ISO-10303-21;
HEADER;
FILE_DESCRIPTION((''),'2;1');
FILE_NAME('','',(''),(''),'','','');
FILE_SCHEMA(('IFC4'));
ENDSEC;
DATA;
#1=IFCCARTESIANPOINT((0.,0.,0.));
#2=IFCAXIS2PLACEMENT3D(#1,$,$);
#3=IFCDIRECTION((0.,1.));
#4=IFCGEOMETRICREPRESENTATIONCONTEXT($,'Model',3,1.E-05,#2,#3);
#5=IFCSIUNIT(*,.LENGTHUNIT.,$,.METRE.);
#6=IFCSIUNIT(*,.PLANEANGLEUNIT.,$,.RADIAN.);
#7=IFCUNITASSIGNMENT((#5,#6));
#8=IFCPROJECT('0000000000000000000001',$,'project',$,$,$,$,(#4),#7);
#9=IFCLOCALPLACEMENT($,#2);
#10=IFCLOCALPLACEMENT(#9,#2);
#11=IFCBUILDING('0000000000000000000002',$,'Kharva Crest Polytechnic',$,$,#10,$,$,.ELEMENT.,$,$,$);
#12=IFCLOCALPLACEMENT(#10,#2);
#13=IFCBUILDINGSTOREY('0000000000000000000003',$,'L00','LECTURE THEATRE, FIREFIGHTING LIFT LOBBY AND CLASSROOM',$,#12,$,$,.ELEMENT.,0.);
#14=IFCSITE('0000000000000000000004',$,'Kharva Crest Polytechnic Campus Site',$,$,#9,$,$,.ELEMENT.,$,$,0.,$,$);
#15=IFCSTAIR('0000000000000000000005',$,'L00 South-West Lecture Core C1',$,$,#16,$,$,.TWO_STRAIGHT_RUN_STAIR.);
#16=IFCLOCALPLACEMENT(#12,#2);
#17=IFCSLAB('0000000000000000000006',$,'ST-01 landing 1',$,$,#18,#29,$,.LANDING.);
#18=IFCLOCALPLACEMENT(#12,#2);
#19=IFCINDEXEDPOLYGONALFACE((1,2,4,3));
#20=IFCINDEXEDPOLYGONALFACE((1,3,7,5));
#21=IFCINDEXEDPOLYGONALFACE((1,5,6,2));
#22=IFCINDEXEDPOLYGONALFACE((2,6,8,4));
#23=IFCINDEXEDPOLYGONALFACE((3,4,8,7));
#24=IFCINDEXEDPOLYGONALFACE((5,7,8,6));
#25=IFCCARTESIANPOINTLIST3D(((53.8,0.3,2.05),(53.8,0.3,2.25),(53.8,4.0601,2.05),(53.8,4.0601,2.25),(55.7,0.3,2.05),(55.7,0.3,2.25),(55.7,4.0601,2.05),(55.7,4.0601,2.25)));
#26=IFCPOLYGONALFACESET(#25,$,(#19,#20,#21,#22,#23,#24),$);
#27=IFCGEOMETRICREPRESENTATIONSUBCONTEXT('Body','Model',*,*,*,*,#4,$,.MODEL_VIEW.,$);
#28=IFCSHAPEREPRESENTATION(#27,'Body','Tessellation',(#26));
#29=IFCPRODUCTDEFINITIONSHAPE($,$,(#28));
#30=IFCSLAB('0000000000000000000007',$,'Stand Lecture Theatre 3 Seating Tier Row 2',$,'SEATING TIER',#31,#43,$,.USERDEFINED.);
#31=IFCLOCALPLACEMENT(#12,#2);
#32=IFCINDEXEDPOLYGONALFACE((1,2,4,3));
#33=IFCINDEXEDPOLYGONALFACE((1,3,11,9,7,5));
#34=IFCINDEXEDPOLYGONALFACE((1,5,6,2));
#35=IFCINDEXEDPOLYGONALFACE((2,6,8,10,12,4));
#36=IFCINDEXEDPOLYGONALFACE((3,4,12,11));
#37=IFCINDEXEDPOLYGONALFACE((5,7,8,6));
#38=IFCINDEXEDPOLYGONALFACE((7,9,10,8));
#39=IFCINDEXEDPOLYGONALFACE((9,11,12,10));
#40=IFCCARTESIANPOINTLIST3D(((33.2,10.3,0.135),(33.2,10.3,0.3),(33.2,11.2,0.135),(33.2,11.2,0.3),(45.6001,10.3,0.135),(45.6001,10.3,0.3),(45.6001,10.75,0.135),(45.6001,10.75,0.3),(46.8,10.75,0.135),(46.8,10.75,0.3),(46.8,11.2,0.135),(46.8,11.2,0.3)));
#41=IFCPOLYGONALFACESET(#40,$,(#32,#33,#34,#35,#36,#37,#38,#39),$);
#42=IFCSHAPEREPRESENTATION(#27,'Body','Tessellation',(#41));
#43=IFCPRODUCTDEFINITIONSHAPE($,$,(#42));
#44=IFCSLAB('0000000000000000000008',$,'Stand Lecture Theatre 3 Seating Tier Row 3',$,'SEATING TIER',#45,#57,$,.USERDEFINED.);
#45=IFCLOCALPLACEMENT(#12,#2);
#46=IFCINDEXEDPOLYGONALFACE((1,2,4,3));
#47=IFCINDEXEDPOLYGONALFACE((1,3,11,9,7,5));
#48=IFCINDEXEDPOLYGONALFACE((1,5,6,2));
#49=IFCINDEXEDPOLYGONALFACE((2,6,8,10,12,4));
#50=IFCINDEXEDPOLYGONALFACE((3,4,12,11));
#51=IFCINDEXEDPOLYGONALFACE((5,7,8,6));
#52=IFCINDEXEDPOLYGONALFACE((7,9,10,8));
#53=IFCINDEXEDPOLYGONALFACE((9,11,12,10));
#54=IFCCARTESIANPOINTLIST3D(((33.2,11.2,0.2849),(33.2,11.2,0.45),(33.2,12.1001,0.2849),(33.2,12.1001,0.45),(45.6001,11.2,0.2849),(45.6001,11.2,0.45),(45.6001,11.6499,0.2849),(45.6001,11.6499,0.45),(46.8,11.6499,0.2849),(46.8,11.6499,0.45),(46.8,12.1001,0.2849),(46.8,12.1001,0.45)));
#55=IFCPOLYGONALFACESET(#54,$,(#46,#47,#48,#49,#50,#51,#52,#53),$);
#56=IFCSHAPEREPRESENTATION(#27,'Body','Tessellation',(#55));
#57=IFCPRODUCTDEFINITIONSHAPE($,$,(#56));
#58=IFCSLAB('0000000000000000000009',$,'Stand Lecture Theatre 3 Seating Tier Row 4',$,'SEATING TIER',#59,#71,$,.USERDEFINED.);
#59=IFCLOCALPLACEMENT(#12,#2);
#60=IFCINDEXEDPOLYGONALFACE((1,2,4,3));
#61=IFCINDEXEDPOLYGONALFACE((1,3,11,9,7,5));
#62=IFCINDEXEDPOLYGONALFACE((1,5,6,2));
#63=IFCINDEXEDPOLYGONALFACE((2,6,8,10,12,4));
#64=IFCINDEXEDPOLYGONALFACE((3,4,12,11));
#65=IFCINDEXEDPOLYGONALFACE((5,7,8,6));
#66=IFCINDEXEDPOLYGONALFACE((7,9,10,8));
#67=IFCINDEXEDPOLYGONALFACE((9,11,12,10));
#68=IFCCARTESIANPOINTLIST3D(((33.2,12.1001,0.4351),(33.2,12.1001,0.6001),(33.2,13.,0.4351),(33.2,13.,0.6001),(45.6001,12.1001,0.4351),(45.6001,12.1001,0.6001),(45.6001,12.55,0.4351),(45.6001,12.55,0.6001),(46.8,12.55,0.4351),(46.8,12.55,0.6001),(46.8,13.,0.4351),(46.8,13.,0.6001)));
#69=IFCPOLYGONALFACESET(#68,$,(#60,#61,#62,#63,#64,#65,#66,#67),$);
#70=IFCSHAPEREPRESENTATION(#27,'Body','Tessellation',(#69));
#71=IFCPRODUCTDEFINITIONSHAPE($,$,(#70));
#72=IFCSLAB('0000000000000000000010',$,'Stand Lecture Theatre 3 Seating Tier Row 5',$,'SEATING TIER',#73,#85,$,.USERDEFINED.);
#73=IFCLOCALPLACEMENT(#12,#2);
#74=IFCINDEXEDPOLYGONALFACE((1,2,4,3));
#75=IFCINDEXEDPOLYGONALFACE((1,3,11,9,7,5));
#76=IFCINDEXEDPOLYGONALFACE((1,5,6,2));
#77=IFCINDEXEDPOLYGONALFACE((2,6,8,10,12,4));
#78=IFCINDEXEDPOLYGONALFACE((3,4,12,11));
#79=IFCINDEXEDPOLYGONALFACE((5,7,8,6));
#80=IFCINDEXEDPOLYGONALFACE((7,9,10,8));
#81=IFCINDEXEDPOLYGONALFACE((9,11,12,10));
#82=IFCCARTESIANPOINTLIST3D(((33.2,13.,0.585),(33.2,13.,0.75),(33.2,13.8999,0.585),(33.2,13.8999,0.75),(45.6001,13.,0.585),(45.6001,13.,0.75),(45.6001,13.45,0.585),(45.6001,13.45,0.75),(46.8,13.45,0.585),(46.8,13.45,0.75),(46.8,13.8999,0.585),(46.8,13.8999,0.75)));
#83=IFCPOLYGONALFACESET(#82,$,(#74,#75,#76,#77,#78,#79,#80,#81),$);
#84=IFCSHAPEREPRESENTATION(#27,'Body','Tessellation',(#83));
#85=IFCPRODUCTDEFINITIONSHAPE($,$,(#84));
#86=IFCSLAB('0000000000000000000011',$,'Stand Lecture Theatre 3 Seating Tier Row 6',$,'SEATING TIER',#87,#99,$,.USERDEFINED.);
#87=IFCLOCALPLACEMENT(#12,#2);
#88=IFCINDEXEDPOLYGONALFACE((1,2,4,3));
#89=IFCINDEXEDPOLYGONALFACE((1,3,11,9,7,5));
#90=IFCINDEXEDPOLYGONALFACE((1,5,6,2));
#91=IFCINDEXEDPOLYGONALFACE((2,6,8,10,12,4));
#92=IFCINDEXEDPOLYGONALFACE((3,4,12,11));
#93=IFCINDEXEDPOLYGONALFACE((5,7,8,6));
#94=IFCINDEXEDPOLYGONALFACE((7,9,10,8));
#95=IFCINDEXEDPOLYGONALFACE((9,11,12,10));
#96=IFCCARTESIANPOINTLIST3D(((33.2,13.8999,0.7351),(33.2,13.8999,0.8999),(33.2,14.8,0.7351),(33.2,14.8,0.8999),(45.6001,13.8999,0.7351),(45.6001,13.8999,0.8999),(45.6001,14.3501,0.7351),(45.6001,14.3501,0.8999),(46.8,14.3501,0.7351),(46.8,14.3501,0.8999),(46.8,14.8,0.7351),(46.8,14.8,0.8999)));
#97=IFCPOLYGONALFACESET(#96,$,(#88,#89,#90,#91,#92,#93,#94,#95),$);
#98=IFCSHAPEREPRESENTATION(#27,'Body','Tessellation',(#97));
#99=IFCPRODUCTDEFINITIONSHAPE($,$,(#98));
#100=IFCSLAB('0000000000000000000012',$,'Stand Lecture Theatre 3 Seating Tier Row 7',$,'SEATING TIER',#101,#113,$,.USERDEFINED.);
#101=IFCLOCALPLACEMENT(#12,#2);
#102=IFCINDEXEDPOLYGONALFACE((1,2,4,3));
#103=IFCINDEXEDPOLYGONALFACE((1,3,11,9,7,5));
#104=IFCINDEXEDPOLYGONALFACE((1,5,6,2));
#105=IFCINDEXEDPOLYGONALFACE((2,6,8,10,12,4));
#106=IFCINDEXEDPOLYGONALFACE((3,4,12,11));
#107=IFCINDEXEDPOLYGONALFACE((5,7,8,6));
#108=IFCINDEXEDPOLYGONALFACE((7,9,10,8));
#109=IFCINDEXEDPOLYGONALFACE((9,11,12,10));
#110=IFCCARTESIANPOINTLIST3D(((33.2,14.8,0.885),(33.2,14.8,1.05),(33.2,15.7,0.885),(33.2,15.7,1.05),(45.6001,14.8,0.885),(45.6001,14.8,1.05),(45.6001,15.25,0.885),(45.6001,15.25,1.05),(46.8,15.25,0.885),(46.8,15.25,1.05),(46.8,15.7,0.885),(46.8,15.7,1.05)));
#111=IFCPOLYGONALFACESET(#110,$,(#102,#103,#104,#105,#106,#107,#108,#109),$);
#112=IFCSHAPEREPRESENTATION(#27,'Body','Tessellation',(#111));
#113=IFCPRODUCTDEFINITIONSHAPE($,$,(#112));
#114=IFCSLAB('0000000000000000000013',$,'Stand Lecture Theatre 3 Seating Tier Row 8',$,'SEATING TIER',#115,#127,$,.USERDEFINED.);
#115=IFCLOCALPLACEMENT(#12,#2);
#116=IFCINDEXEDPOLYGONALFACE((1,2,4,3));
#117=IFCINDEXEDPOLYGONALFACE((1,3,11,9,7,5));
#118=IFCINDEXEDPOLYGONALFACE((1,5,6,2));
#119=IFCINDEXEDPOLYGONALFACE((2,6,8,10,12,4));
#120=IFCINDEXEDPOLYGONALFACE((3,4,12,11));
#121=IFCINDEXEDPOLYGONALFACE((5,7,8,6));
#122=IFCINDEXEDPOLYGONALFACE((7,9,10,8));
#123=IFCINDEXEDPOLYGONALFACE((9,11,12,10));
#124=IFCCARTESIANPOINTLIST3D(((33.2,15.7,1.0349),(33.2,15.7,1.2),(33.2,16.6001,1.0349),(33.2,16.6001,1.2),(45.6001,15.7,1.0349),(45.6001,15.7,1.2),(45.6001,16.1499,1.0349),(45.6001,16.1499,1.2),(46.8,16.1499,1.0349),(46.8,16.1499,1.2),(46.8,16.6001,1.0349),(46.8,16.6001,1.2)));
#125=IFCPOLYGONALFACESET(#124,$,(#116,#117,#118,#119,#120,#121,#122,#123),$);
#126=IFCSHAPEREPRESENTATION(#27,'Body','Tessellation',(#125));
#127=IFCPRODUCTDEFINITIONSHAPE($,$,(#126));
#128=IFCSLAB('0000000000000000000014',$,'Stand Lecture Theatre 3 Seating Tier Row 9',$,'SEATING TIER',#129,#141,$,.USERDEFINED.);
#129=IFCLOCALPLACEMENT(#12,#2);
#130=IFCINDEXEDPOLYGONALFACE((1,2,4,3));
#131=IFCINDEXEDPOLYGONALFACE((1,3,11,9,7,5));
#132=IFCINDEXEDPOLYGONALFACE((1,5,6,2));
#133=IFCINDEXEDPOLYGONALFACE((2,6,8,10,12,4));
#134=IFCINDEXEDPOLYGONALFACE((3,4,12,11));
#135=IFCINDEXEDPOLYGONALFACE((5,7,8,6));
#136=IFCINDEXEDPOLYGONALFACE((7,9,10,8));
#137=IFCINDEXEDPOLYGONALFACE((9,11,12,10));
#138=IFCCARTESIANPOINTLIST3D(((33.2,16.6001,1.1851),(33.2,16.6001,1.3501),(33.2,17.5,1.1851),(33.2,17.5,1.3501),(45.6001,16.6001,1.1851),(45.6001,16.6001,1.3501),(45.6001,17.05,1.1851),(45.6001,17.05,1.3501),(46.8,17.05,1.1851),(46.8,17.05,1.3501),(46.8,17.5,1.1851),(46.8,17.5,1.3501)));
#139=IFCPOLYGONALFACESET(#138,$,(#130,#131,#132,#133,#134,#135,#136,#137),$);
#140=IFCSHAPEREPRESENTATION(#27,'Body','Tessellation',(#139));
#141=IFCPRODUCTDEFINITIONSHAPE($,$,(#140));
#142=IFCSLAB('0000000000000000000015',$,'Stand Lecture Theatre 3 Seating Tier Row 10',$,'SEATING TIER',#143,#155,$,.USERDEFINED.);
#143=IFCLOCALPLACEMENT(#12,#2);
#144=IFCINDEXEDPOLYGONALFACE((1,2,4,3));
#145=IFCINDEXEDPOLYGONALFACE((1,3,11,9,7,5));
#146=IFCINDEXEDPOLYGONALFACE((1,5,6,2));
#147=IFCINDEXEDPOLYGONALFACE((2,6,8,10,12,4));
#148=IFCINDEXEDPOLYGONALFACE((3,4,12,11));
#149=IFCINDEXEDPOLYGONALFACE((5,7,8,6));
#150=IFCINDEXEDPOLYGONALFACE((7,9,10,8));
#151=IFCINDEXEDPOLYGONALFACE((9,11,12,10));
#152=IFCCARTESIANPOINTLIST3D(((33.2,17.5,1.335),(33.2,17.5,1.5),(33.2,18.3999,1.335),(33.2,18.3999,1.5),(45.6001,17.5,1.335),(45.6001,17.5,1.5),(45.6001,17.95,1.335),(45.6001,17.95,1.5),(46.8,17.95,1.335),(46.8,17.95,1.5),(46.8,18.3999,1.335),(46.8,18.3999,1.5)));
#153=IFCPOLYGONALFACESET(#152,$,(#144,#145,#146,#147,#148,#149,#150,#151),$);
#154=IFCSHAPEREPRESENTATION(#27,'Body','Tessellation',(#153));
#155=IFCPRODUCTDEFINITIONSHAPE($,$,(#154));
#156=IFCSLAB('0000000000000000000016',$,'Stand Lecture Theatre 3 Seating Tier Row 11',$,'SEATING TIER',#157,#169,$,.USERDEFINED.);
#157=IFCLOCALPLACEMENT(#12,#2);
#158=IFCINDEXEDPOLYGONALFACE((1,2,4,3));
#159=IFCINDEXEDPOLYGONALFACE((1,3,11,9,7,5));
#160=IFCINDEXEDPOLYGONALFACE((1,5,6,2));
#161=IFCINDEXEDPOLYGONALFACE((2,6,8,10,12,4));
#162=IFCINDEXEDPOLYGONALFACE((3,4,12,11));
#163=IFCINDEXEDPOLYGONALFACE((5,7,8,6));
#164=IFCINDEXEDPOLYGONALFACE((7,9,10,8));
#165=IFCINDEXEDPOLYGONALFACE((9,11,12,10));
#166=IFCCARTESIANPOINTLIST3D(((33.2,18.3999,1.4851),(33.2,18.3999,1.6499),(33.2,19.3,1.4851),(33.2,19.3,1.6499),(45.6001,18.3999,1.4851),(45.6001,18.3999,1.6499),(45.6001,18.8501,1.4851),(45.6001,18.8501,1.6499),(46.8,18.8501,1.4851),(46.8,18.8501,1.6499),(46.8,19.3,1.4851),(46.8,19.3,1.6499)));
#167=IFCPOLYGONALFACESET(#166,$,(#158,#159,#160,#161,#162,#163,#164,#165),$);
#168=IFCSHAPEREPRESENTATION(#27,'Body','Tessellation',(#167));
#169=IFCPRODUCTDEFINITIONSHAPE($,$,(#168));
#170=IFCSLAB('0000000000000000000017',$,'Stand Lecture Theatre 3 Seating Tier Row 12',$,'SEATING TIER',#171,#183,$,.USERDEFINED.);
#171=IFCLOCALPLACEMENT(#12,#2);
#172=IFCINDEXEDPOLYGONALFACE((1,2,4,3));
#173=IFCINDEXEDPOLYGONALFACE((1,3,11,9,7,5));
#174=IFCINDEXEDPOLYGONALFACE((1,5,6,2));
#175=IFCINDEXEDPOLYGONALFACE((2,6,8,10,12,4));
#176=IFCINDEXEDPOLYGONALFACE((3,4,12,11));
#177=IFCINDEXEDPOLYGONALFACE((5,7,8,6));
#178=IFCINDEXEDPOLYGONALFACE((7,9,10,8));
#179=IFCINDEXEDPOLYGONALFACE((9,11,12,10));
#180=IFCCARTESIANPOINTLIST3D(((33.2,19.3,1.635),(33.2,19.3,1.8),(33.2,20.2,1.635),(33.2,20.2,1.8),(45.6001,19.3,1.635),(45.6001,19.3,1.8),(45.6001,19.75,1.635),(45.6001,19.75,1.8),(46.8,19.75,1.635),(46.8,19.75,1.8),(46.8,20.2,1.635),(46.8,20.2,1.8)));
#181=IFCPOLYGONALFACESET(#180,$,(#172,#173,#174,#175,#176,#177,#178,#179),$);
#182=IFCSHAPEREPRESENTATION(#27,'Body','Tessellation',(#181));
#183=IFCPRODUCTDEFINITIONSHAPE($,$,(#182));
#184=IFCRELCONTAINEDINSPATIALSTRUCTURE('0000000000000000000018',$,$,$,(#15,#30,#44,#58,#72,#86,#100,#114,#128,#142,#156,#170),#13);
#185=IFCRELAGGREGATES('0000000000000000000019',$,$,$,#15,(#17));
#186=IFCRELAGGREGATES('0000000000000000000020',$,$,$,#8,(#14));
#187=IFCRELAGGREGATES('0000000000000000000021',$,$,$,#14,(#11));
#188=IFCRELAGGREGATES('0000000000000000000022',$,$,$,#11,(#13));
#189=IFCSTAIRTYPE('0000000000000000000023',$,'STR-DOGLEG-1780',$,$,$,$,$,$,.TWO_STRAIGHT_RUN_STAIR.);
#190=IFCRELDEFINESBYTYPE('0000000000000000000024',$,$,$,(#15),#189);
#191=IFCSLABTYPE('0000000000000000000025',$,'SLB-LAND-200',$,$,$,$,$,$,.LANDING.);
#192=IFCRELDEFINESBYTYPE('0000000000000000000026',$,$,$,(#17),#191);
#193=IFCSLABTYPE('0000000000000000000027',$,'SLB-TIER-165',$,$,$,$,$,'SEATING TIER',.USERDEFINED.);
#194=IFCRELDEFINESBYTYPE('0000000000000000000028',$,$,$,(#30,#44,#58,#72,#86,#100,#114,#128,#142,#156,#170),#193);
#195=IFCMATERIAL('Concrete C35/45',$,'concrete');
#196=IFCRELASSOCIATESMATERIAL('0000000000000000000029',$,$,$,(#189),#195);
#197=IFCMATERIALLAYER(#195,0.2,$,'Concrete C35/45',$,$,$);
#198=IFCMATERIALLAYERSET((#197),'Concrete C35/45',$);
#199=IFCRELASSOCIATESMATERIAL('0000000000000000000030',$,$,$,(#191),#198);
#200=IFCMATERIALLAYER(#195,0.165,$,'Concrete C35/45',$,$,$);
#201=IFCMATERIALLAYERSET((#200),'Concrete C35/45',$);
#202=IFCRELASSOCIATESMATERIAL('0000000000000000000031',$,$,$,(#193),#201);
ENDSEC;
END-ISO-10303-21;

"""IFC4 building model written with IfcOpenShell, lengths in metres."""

from ifc_helpers import new_model, si_unit, direction, frame, origin, place, context, subcontext, project, spatial, polyline, outline, extrude, material, layer, layer_set, type_object, element, aggregate, save


model = new_model("IFC4")

# Units and contexts
model_context = context("Model", 3, precision=1e-05, world=origin(), true_north=direction((0.0, 1.0)))
body_context = subcontext(model_context, "Body", "Model", "MODEL_VIEW")
ifc_project = project(units=[si_unit("LENGTHUNIT", "METRE"), si_unit("PLANEANGLEUNIT", "RADIAN")], contexts=[model_context])

# Site, building, storey
site_placement = place(None, origin())
site = spatial("IfcSite", under=ifc_project, at=site_placement, Name="Kharva Crest Polytechnic Campus Site", CompositionType="ELEMENT", RefElevation=0.0)
building_placement = place(site_placement, origin())
building = spatial("IfcBuilding", under=site, at=building_placement, Name="Kharva Crest Polytechnic", CompositionType="ELEMENT")
storey_placement = place(building_placement, origin())
storey = spatial("IfcBuildingStorey", under=building, at=storey_placement, Name="L00", Description="LECTURE THEATRE, FIREFIGHTING LIFT LOBBY AND CLASSROOM", CompositionType="ELEMENT", Elevation=0.0)

# Stair, slab
ifc_material = material(Name="Concrete C35/45", Category="concrete")
stair_type = type_object("IfcStairType", Name="STR-DOGLEG-1780", PredefinedType="TWO_STRAIGHT_RUN_STAIR", material=ifc_material)
stair_placement = place(storey_placement, origin())
stair = element("IfcStair", 1, at=stair_placement, inside=storey, type_object=stair_type, Name="L00 South-West Lecture Core C1", PredefinedType="TWO_STRAIGHT_RUN_STAIR")
ifc_layer_1 = layer(ifc_material, 0.2, Name="Concrete C35/45")
ifc_layer_set_1 = layer_set([ifc_layer_1], Name="Concrete C35/45")
slab_type_1 = type_object("IfcSlabType", Name="SLB-LAND-200", PredefinedType="LANDING", material=ifc_layer_set_1)
slab_1_placement = place(storey_placement, frame((0.0, 0.0, 2.05)))
slab_1 = element("IfcSlab", 2, at=slab_1_placement, type_object=slab_type_1, Name="ST-01 landing 1", PredefinedType="LANDING", context=body_context, shape_type="SweptSolid", body=[
    extrude(outline(polyline([(53.8, 0.3), (55.7, 0.3), (55.7, 4.0601), (53.8, 4.0601), (53.8, 0.3)])), origin(), (0.0, 0.0, 1.0), 0.2),
])
aggregate(stair, [slab_1])

# Slabs
ifc_layer_2 = layer(ifc_material, 0.165, Name="Concrete C35/45")
ifc_layer_set_2 = layer_set([ifc_layer_2], Name="Concrete C35/45")
slab_type_2 = type_object("IfcSlabType", Name="SLB-TIER-165", ElementType="SEATING TIER", PredefinedType="USERDEFINED", material=ifc_layer_set_2)
slab_2_placement = place(storey_placement, frame((0.0, 0.0, 0.135)))
element("IfcSlab", 3, at=slab_2_placement, inside=storey, type_object=slab_type_2, Name="Stand Lecture Theatre 3 Seating Tier Row 2", ObjectType="SEATING TIER", PredefinedType="USERDEFINED", context=body_context, shape_type="SweptSolid", body=[
    extrude(outline(polyline([(33.2, 10.3), (45.6001, 10.3), (45.6001, 10.75), (46.8, 10.75), (46.8, 11.2), (33.2, 11.2), (33.2, 10.3)])), origin(), (0.0, 0.0, 1.0), 0.165),
])
slab_3_placement = place(storey_placement, frame((0.0, 0.0, 0.2849)))
element("IfcSlab", 4, at=slab_3_placement, inside=storey, type_object=slab_type_2, Name="Stand Lecture Theatre 3 Seating Tier Row 3", ObjectType="SEATING TIER", PredefinedType="USERDEFINED", context=body_context, shape_type="SweptSolid", body=[
    extrude(outline(polyline([(33.2, 11.2), (45.6001, 11.2), (45.6001, 11.6499), (46.8, 11.6499), (46.8, 12.1001), (33.2, 12.1001), (33.2, 11.2)])), origin(), (0.0, 0.0, 1.0), 0.165),
])
slab_4_placement = place(storey_placement, frame((0.0, 0.0, 0.4351)))
element("IfcSlab", 5, at=slab_4_placement, inside=storey, type_object=slab_type_2, Name="Stand Lecture Theatre 3 Seating Tier Row 4", ObjectType="SEATING TIER", PredefinedType="USERDEFINED", context=body_context, shape_type="SweptSolid", body=[
    extrude(outline(polyline([(33.2, 12.1001), (45.6001, 12.1001), (45.6001, 12.55), (46.8, 12.55), (46.8, 13.0), (33.2, 13.0), (33.2, 12.1001)])), origin(), (0.0, 0.0, 1.0), 0.165),
])
slab_5_placement = place(storey_placement, frame((0.0, 0.0, 0.585)))
element("IfcSlab", 6, at=slab_5_placement, inside=storey, type_object=slab_type_2, Name="Stand Lecture Theatre 3 Seating Tier Row 5", ObjectType="SEATING TIER", PredefinedType="USERDEFINED", context=body_context, shape_type="SweptSolid", body=[
    extrude(outline(polyline([(33.2, 13.0), (45.6001, 13.0), (45.6001, 13.45), (46.8, 13.45), (46.8, 13.8999), (33.2, 13.8999), (33.2, 13.0)])), origin(), (0.0, 0.0, 1.0), 0.165),
])
slab_6_placement = place(storey_placement, frame((0.0, 0.0, 0.7351)))
element("IfcSlab", 7, at=slab_6_placement, inside=storey, type_object=slab_type_2, Name="Stand Lecture Theatre 3 Seating Tier Row 6", ObjectType="SEATING TIER", PredefinedType="USERDEFINED", context=body_context, shape_type="SweptSolid", body=[
    extrude(outline(polyline([(33.2, 13.8999), (45.6001, 13.8999), (45.6001, 14.3501), (46.8, 14.3501), (46.8, 14.8), (33.2, 14.8), (33.2, 13.8999)])), origin(), (0.0, 0.0, 1.0), 0.1648),
])
slab_7_placement = place(storey_placement, frame((0.0, 0.0, 0.885)))
element("IfcSlab", 8, at=slab_7_placement, inside=storey, type_object=slab_type_2, Name="Stand Lecture Theatre 3 Seating Tier Row 7", ObjectType="SEATING TIER", PredefinedType="USERDEFINED", context=body_context, shape_type="SweptSolid", body=[
    extrude(outline(polyline([(33.2, 14.8), (45.6001, 14.8), (45.6001, 15.25), (46.8, 15.25), (46.8, 15.7), (33.2, 15.7), (33.2, 14.8)])), origin(), (0.0, 0.0, 1.0), 0.165),
])
slab_8_placement = place(storey_placement, frame((0.0, 0.0, 1.0349)))
element("IfcSlab", 9, at=slab_8_placement, inside=storey, type_object=slab_type_2, Name="Stand Lecture Theatre 3 Seating Tier Row 8", ObjectType="SEATING TIER", PredefinedType="USERDEFINED", context=body_context, shape_type="SweptSolid", body=[
    extrude(outline(polyline([(33.2, 15.7), (45.6001, 15.7), (45.6001, 16.1499), (46.8, 16.1499), (46.8, 16.6001), (33.2, 16.6001), (33.2, 15.7)])), origin(), (0.0, 0.0, 1.0), 0.165),
])
slab_9_placement = place(storey_placement, frame((0.0, 0.0, 1.1851)))
element("IfcSlab", 10, at=slab_9_placement, inside=storey, type_object=slab_type_2, Name="Stand Lecture Theatre 3 Seating Tier Row 9", ObjectType="SEATING TIER", PredefinedType="USERDEFINED", context=body_context, shape_type="SweptSolid", body=[
    extrude(outline(polyline([(33.2, 16.6001), (45.6001, 16.6001), (45.6001, 17.05), (46.8, 17.05), (46.8, 17.5), (33.2, 17.5), (33.2, 16.6001)])), origin(), (0.0, 0.0, 1.0), 0.165),
])
slab_10_placement = place(storey_placement, frame((0.0, 0.0, 1.335)))
element("IfcSlab", 11, at=slab_10_placement, inside=storey, type_object=slab_type_2, Name="Stand Lecture Theatre 3 Seating Tier Row 10", ObjectType="SEATING TIER", PredefinedType="USERDEFINED", context=body_context, shape_type="SweptSolid", body=[
    extrude(outline(polyline([(33.2, 17.5), (45.6001, 17.5), (45.6001, 17.95), (46.8, 17.95), (46.8, 18.3999), (33.2, 18.3999), (33.2, 17.5)])), origin(), (0.0, 0.0, 1.0), 0.165),
])
slab_11_placement = place(storey_placement, frame((0.0, 0.0, 1.4851)))
element("IfcSlab", 12, at=slab_11_placement, inside=storey, type_object=slab_type_2, Name="Stand Lecture Theatre 3 Seating Tier Row 11", ObjectType="SEATING TIER", PredefinedType="USERDEFINED", context=body_context, shape_type="SweptSolid", body=[
    extrude(outline(polyline([(33.2, 18.3999), (45.6001, 18.3999), (45.6001, 18.8501), (46.8, 18.8501), (46.8, 19.3), (33.2, 19.3), (33.2, 18.3999)])), origin(), (0.0, 0.0, 1.0), 0.1648),
])
slab_12_placement = place(storey_placement, frame((0.0, 0.0, 1.635)))
element("IfcSlab", 13, at=slab_12_placement, inside=storey, type_object=slab_type_2, Name="Stand Lecture Theatre 3 Seating Tier Row 12", ObjectType="SEATING TIER", PredefinedType="USERDEFINED", context=body_context, shape_type="SweptSolid", body=[
    extrude(outline(polyline([(33.2, 19.3), (45.6001, 19.3), (45.6001, 19.75), (46.8, 19.75), (46.8, 20.2), (33.2, 20.2), (33.2, 19.3)])), origin(), (0.0, 0.0, 1.0), 0.165),
])

save(model, "model.ifc")
